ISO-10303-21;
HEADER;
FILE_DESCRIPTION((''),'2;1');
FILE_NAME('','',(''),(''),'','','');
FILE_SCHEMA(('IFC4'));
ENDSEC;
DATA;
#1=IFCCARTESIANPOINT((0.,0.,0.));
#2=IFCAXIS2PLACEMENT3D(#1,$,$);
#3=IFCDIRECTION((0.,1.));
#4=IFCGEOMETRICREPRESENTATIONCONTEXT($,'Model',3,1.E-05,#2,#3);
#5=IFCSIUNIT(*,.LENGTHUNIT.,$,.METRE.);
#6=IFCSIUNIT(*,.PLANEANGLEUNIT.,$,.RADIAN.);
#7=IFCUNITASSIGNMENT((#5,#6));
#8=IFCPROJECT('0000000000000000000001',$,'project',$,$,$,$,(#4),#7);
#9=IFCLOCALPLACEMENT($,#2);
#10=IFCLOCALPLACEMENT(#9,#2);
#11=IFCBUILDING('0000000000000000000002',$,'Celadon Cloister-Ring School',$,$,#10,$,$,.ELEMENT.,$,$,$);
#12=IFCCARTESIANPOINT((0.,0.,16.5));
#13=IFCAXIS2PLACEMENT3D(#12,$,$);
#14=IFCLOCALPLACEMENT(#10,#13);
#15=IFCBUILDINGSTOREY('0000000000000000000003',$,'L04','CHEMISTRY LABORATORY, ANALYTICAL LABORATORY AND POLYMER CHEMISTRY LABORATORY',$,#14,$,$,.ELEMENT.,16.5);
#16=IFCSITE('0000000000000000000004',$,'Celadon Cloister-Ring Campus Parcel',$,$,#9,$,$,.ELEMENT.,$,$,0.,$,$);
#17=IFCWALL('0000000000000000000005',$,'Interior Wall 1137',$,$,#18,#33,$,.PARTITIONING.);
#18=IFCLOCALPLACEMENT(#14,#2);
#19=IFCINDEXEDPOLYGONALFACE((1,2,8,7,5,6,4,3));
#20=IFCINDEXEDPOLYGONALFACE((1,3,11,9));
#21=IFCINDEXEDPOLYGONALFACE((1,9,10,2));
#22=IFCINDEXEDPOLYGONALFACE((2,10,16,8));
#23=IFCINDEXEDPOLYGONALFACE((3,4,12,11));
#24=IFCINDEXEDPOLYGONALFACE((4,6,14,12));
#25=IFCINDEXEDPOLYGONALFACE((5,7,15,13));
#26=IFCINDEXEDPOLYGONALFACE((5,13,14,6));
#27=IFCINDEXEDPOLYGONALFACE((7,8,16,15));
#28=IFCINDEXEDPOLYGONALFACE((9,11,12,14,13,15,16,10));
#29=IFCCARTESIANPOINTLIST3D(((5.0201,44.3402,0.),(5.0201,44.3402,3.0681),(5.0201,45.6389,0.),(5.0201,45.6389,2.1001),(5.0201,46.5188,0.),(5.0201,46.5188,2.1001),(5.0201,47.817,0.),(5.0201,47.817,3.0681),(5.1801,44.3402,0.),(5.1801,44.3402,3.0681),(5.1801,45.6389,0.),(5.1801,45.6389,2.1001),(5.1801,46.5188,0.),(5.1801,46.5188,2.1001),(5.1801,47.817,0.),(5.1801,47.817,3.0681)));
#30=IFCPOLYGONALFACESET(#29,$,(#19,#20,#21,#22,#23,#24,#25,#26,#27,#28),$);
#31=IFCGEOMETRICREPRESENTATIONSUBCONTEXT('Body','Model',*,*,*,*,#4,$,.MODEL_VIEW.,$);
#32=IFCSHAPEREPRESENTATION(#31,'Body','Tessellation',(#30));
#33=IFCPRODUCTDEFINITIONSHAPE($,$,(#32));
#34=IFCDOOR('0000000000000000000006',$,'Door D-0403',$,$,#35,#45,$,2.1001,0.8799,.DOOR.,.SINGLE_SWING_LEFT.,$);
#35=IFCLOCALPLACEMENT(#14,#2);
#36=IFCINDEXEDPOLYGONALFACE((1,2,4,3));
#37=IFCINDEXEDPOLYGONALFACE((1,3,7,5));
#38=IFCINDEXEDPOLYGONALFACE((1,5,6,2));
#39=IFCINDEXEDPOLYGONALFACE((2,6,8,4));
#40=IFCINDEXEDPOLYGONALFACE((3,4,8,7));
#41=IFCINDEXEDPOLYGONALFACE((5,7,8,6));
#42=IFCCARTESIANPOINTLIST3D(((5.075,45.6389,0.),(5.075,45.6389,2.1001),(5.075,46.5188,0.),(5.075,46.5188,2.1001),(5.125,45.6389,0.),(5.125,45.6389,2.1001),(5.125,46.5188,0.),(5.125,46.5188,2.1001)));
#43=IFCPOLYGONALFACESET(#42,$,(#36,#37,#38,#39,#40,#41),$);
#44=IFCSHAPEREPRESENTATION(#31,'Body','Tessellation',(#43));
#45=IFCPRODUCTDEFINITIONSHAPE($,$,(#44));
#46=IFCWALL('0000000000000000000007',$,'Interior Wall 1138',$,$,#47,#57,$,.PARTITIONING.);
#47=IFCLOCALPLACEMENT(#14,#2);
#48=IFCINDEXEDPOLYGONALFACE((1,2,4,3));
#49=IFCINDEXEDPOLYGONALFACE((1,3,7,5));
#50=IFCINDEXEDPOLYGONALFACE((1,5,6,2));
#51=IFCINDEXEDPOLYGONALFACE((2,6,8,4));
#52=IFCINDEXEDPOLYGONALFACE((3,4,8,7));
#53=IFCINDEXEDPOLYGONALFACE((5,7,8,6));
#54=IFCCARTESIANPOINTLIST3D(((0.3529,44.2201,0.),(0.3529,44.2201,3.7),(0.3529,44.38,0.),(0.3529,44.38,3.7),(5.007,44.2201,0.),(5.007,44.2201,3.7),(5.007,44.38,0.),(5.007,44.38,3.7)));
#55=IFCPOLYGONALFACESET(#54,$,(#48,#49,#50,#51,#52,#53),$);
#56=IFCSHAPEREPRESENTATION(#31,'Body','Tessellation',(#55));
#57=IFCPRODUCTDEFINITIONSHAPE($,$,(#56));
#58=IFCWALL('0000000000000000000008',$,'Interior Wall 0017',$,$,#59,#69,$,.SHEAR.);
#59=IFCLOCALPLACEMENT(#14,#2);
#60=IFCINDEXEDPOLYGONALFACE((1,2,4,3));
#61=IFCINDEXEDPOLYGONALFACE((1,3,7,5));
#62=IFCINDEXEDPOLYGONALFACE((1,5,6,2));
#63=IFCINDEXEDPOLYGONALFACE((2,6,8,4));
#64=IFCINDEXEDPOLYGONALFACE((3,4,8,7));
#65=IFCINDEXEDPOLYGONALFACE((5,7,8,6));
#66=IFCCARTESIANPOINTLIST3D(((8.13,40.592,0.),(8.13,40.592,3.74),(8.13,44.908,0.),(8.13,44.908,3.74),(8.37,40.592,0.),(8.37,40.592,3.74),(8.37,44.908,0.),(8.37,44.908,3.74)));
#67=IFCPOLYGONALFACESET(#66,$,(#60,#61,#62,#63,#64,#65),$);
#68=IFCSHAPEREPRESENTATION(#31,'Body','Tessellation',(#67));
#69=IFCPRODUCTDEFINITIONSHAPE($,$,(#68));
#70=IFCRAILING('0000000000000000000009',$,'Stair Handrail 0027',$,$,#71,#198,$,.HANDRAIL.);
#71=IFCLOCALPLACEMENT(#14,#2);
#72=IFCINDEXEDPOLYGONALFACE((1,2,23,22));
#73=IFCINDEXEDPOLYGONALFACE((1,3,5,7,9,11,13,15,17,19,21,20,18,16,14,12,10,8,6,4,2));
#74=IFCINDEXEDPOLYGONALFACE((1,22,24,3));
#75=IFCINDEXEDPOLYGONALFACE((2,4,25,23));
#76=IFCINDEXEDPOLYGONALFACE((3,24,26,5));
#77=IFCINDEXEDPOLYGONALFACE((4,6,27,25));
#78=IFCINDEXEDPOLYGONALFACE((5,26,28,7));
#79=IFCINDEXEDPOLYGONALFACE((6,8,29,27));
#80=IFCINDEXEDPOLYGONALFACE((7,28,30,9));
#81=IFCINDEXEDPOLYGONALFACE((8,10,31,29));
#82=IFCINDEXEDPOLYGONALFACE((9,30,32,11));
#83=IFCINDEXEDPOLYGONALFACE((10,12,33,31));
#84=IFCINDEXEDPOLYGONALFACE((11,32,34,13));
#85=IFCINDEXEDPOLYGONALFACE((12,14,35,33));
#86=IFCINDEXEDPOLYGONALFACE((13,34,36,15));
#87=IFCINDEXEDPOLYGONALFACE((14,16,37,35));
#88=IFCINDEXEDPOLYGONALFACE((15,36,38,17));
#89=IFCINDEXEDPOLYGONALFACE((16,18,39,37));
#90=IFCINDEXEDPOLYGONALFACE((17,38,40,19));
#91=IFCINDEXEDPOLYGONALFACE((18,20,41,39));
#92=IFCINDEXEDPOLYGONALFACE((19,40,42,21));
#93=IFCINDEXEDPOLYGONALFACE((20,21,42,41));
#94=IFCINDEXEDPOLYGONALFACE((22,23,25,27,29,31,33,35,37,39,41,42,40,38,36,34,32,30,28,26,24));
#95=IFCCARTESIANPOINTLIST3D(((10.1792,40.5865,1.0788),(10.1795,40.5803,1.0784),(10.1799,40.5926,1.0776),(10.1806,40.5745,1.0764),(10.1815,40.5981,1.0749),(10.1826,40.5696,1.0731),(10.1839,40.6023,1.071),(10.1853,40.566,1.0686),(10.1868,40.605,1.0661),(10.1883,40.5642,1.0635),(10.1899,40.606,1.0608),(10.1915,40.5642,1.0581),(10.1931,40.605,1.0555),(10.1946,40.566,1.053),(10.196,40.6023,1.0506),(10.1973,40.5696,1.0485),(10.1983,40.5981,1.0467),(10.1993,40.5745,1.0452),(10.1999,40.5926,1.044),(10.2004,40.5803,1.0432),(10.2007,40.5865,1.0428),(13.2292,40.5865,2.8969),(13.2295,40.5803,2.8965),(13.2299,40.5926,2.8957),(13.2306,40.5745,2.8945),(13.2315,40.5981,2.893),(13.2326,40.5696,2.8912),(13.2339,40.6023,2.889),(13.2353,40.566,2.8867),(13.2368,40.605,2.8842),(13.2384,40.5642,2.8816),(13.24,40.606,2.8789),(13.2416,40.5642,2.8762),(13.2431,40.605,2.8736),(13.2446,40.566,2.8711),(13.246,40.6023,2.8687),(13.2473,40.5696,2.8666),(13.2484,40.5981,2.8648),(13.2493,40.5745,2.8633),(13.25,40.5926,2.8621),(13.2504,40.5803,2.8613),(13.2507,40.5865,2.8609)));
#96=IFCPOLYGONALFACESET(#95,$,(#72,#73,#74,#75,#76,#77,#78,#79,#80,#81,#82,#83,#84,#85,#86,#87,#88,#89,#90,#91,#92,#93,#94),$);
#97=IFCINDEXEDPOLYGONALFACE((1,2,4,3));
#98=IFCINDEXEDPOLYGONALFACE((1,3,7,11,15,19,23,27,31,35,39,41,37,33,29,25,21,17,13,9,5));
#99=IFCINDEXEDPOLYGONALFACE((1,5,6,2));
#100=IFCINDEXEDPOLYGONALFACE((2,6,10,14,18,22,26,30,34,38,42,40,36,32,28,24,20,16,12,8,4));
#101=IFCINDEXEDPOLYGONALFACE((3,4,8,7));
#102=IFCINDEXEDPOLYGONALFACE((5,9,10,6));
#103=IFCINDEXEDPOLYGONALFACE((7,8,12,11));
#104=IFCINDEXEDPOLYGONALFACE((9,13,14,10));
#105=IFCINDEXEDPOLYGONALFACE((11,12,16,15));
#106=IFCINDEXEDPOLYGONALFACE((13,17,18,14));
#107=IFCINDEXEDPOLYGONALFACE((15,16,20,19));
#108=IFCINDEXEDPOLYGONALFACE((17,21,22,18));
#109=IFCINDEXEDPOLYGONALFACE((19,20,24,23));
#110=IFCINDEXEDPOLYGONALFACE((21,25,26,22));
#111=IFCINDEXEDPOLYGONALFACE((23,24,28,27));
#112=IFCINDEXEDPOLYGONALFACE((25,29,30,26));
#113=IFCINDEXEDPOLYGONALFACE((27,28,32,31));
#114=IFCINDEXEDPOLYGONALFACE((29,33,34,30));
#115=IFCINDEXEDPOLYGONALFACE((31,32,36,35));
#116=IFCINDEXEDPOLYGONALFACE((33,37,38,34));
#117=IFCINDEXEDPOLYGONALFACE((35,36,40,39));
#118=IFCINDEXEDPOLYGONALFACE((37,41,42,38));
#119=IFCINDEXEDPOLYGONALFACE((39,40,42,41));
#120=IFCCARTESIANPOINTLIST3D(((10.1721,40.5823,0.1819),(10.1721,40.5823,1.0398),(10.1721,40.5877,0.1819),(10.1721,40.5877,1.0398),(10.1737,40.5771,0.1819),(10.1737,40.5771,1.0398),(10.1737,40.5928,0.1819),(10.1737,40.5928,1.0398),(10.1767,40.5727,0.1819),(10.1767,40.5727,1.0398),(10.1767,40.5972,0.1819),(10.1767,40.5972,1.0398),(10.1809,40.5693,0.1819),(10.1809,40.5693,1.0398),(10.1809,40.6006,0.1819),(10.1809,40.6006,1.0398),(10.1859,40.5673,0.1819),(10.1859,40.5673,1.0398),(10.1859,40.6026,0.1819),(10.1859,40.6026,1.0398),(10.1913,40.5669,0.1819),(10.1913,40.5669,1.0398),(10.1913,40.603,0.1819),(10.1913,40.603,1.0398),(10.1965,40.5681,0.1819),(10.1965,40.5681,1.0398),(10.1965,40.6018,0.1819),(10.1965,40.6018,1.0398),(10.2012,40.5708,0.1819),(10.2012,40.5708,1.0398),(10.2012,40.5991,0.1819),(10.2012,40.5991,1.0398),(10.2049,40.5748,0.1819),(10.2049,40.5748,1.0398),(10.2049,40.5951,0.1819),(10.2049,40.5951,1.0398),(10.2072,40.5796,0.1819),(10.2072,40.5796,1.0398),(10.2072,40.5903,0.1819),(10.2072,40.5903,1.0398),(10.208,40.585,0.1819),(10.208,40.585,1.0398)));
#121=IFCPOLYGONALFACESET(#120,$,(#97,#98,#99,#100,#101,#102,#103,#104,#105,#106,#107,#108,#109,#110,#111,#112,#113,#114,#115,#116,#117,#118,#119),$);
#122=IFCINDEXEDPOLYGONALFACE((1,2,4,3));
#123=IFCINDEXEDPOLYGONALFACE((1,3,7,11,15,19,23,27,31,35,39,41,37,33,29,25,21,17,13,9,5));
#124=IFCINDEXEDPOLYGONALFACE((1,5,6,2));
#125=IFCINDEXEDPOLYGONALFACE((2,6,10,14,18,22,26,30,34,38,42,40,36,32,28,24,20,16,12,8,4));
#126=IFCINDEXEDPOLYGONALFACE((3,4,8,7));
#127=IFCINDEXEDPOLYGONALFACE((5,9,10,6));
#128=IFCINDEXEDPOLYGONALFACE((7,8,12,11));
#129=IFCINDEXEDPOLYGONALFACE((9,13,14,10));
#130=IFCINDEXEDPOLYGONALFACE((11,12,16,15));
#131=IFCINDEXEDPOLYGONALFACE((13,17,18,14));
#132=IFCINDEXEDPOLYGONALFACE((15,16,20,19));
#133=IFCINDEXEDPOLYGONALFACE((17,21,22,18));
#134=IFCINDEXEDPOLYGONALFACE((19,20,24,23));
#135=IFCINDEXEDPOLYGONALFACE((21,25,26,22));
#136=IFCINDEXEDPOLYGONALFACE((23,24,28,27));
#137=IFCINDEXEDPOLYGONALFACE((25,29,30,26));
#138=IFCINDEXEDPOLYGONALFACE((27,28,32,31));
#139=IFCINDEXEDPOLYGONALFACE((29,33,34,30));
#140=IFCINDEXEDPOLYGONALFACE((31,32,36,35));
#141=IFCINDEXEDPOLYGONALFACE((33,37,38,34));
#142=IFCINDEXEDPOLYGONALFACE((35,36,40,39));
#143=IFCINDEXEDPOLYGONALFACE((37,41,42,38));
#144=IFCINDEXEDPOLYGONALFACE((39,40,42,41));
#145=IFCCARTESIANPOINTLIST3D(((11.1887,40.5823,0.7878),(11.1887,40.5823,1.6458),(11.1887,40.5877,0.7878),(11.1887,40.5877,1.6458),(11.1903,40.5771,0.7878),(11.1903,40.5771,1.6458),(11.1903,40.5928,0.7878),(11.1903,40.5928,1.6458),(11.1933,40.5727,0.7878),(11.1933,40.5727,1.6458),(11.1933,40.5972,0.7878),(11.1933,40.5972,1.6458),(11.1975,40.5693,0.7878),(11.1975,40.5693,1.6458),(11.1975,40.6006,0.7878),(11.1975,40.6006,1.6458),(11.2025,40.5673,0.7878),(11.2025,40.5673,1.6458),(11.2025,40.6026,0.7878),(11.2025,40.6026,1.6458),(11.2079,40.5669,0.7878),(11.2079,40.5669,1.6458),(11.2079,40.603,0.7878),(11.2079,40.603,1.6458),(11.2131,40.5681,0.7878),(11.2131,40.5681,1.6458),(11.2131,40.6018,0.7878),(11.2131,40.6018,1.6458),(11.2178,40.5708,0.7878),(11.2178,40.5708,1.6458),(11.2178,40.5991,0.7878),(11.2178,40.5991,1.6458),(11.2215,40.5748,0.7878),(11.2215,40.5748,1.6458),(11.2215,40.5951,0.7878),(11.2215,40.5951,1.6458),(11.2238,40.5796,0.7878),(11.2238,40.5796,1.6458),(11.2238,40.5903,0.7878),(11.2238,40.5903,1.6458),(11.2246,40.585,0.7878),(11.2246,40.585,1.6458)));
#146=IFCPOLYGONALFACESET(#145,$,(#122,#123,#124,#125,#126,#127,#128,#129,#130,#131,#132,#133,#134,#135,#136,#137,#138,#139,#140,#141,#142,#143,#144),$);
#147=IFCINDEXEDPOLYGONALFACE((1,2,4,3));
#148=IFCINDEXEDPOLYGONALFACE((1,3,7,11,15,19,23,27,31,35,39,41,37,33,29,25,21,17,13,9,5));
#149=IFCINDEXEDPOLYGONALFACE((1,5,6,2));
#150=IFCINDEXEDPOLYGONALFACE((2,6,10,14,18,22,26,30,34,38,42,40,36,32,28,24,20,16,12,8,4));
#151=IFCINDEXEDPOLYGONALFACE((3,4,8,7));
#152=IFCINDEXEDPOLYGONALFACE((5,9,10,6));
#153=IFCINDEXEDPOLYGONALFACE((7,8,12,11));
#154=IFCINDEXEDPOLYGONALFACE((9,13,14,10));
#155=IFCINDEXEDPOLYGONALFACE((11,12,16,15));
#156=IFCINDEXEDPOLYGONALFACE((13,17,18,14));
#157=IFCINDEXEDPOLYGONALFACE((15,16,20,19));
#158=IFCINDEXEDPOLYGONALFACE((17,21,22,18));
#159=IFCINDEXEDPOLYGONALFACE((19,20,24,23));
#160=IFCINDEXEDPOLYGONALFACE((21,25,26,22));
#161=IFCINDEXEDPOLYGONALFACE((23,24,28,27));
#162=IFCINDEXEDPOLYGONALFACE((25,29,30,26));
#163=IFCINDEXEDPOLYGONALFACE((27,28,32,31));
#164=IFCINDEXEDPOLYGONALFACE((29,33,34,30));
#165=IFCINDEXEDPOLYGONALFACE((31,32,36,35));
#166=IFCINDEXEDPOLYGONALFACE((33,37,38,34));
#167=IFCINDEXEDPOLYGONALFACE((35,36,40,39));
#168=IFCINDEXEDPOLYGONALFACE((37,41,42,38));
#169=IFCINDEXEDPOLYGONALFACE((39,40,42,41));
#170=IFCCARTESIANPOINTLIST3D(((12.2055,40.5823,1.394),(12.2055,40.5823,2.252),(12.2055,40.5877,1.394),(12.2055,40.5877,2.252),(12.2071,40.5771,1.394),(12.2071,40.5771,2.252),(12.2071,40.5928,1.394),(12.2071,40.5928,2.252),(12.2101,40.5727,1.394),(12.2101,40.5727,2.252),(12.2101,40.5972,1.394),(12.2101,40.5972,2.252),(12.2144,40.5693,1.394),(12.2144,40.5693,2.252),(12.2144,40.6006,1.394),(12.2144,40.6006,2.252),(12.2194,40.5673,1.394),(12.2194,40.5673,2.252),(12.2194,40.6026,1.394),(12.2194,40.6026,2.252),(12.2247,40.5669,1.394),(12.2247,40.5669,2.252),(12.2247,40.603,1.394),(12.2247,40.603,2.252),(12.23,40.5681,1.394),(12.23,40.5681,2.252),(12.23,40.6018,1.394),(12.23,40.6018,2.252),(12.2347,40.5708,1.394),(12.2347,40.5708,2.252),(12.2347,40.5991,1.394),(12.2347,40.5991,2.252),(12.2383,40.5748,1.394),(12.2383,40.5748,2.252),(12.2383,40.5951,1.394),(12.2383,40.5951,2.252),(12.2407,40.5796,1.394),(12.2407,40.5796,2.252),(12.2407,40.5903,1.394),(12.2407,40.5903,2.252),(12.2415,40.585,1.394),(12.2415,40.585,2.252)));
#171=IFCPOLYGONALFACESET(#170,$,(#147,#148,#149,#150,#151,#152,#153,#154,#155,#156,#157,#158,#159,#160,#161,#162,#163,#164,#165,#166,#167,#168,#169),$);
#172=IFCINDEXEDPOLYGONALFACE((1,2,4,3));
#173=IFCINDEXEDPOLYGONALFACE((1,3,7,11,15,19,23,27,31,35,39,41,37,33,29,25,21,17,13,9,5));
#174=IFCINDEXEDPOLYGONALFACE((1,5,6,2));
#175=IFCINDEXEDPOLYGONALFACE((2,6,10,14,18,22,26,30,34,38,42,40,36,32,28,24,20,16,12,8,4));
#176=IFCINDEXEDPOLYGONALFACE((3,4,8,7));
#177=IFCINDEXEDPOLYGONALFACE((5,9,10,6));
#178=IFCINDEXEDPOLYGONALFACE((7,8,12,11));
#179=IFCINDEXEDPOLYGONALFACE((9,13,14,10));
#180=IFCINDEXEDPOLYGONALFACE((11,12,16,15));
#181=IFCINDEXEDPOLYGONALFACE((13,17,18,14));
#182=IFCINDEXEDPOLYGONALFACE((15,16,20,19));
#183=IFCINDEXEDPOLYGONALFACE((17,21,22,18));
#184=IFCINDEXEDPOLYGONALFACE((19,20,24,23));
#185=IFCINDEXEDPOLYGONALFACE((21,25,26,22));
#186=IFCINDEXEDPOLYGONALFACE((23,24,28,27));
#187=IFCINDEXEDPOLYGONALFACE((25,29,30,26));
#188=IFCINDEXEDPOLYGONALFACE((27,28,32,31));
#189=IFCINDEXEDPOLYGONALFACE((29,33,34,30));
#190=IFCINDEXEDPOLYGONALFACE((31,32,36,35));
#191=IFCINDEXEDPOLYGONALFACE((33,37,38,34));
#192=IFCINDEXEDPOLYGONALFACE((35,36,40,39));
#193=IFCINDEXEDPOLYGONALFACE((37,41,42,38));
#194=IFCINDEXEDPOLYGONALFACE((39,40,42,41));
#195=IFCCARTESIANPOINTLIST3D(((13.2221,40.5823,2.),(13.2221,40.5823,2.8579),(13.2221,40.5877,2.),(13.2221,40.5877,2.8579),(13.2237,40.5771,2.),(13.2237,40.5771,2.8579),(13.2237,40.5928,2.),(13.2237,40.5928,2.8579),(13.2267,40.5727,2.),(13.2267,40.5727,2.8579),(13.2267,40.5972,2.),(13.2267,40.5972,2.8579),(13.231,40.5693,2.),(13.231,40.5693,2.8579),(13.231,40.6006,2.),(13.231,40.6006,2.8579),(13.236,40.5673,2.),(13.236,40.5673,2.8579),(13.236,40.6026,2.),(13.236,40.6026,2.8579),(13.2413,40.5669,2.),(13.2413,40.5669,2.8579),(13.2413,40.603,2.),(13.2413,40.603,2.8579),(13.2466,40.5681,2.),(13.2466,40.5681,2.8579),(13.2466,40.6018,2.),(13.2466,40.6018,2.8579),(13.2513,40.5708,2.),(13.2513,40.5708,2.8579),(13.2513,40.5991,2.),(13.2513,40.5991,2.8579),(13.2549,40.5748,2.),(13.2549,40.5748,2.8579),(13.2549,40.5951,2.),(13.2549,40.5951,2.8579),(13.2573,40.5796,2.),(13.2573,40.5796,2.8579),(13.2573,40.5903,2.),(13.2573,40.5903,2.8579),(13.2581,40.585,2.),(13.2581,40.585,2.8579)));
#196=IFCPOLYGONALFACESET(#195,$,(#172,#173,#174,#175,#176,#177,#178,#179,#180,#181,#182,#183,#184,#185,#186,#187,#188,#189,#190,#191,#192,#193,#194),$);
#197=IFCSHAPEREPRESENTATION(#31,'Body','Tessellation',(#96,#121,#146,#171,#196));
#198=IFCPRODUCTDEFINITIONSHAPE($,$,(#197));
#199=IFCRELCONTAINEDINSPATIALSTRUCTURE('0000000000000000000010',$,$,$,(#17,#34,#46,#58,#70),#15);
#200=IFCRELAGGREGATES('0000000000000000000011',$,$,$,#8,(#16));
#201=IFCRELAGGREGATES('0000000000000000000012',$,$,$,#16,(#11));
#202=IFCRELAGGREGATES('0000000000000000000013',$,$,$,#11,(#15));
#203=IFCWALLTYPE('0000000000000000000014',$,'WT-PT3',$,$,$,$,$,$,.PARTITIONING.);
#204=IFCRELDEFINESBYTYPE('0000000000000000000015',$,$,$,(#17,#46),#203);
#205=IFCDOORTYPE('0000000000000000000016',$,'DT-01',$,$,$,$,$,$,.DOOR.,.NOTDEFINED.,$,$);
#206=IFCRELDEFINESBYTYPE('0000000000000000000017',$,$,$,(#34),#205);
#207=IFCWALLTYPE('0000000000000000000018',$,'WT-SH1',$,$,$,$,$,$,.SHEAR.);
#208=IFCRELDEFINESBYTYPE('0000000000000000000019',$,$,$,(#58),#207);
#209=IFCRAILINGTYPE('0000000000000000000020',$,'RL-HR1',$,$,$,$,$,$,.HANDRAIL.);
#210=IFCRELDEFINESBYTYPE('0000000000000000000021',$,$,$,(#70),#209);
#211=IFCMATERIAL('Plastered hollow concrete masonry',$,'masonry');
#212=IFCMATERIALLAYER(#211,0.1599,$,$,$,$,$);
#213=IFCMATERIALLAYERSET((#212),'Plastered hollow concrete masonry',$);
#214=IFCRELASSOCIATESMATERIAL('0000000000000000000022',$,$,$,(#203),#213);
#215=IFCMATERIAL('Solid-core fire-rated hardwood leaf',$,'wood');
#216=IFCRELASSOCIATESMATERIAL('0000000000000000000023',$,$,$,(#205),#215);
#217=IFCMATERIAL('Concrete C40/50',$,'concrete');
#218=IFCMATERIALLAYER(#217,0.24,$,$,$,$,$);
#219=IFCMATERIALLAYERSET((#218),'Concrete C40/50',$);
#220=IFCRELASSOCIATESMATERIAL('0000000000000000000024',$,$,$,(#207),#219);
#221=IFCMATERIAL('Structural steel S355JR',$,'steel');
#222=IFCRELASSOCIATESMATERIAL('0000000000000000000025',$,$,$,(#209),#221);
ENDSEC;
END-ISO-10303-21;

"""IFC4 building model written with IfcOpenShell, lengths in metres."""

from ifc_helpers import new_model, si_unit, direction, frame, frame_2d, origin, origin_2d, place, context, subcontext, project, spatial, rectangle, circle, extrude, material, layer, layer_set, type_object, element, fill, save


model = new_model("IFC4")

# Units and contexts
model_context = context("Model", 3, precision=1e-05, world=origin(), true_north=direction((0.0, 1.0)))
body_context = subcontext(model_context, "Body", "Model", "MODEL_VIEW")
ifc_project = project(units=[si_unit("LENGTHUNIT", "METRE"), si_unit("PLANEANGLEUNIT", "RADIAN")], contexts=[model_context])

# Site, building, storey
site_placement = place(None, origin())
site = spatial("IfcSite", under=ifc_project, at=site_placement, Name="Celadon Cloister-Ring Campus Parcel", CompositionType="ELEMENT", RefElevation=0.0)
building_placement = place(site_placement, origin())
building = spatial("IfcBuilding", under=site, at=building_placement, Name="Celadon Cloister-Ring School", CompositionType="ELEMENT")
storey_placement = place(building_placement, frame((0.0, 0.0, 16.5)))
storey = spatial("IfcBuildingStorey", under=building, at=storey_placement, Name="L04", Description="CHEMISTRY LABORATORY, ANALYTICAL LABORATORY AND POLYMER CHEMISTRY LABORATORY", CompositionType="ELEMENT", Elevation=16.5)

# Wall, opening, door
ifc_material_1 = material(Name="Plastered hollow concrete masonry", Category="masonry")
ifc_layer_1 = layer(ifc_material_1, 0.1599)
ifc_layer_set_1 = layer_set([ifc_layer_1], Name="Plastered hollow concrete masonry")
wall_type_1 = type_object("IfcWallType", Name="WT-PT3", PredefinedType="PARTITIONING", material=ifc_layer_set_1)
wall_1_placement = place(storey_placement, frame((5.1001, 47.8169, 0.0), z_axis=(0.0, 0.0, 1.0), x_axis=(0.0, -1.0, 0.0)))
wall_1 = element("IfcWall", 1, at=wall_1_placement, inside=storey, type_object=wall_type_1, Name="Interior Wall 1137", PredefinedType="PARTITIONING", context=body_context, shape_type="SweptSolid", body=[
    extrude(rectangle(XDim=3.4768, YDim=0.1599, at=frame_2d((1.7383, 0.0))), origin(), (0.0, 0.0, 1.0), 3.0681),
])
opening_1_placement = place(wall_1_placement, frame((1.2981, 0.0, 0.0)))
opening_1 = element("IfcOpeningElement", 2, at=opening_1_placement, cuts=wall_1, PredefinedType="OPENING", context=body_context, shape_type="SweptSolid", body=[
    extrude(rectangle(XDim=0.8799, YDim=2.1001, at=frame_2d((0.4399, 1.05))), frame((0.0, 0.0898, 0.0), z_axis=(0.0, -1.0, 0.0), x_axis=(1.0, 0.0, 0.0)), (0.0, 0.0, 1.0), 0.1799),
])
ifc_material_2 = material(Name="Solid-core fire-rated hardwood leaf", Category="wood")
door_type_1 = type_object("IfcDoorType", Name="DT-01", OperationType="NOTDEFINED", PredefinedType="DOOR", material=ifc_material_2)
door_1_placement = place(opening_1_placement, origin())
door_1 = element("IfcDoor", 3, at=door_1_placement, inside=storey, type_object=door_type_1, Name="Door D-0403", OperationType="SINGLE_SWING_LEFT", OverallHeight=2.1001, OverallWidth=0.8799, PredefinedType="DOOR", context=body_context, shape_type="SweptSolid", body=[
    extrude(rectangle(XDim=0.8799, YDim=2.1001, at=frame_2d((0.4399, 1.05))), frame((0.0, 0.0249, 0.0), z_axis=(0.0, -1.0, 0.0), x_axis=(1.0, 0.0, 0.0)), (0.0, 0.0, 1.0), 0.05),
])
fill(opening_1, door_1)

# Walls
wall_2_placement = place(storey_placement, frame((5.0071, 44.3, 0.0), z_axis=(0.0, 0.0, 1.0), x_axis=(-1.0, 0.0, 0.0)))
element("IfcWall", 4, at=wall_2_placement, inside=storey, type_object=wall_type_1, Name="Interior Wall 1138", PredefinedType="PARTITIONING", context=body_context, shape_type="SweptSolid", body=[
    extrude(rectangle(XDim=4.6541, YDim=0.1599, at=frame_2d((2.3271, 0.0))), origin(), (0.0, 0.0, 1.0), 3.7),
])
ifc_material_3 = material(Name="Concrete C40/50", Category="concrete")
ifc_layer_2 = layer(ifc_material_3, 0.24)
ifc_layer_set_2 = layer_set([ifc_layer_2], Name="Concrete C40/50")
wall_type_2 = type_object("IfcWallType", Name="WT-SH1", PredefinedType="SHEAR", material=ifc_layer_set_2)
wall_3_placement = place(storey_placement, frame((8.25, 40.592, 0.0), z_axis=(0.0, 0.0, 1.0), x_axis=(0.0, 1.0, 0.0)))
element("IfcWall", 5, at=wall_3_placement, inside=storey, type_object=wall_type_2, Name="Interior Wall 0017", PredefinedType="SHEAR", context=body_context, shape_type="SweptSolid", body=[
    extrude(rectangle(XDim=4.3159, YDim=0.24, at=frame_2d((2.158, 0.0))), origin(), (0.0, 0.0, 1.0), 3.74),
])

# Railing
ifc_material_4 = material(Name="Structural steel S355JR", Category="steel")
railing_type_1 = type_object("IfcRailingType", Name="RL-HR1", PredefinedType="HANDRAIL", material=ifc_material_4)
railing_1_placement = place(storey_placement, frame((10.1899, 40.585, 0.1819)))
element("IfcRailing", 6, at=railing_1_placement, inside=storey, type_object=railing_type_1, Name="Stair Handrail 0027", PredefinedType="HANDRAIL", context=body_context, shape_type="SweptSolid", body=[
    extrude(circle(Radius=0.021, at=origin_2d()), frame((0.0, 0.0, 0.8789), z_axis=(0.85897, 0.0, 0.512026), x_axis=(0.0, 1.0, 0.0)), (0.0, 0.0, 1.0), 3.5508),
    extrude(circle(Radius=0.0181, at=origin_2d()), origin(), (0.0, 0.0, 1.0), 0.8579),
    extrude(circle(Radius=0.0181, at=origin_2d()), frame((1.0166, 0.0, 0.606)), (0.0, 0.0, 1.0), 0.8579),
    extrude(circle(Radius=0.0181, at=origin_2d()), frame((2.0334, 0.0, 1.2122)), (0.0, 0.0, 1.0), 0.8579),
    extrude(circle(Radius=0.0181, at=origin_2d()), frame((3.05, 0.0, 1.8181)), (0.0, 0.0, 1.0), 0.8579),
])

save(model, "model.ifc")
